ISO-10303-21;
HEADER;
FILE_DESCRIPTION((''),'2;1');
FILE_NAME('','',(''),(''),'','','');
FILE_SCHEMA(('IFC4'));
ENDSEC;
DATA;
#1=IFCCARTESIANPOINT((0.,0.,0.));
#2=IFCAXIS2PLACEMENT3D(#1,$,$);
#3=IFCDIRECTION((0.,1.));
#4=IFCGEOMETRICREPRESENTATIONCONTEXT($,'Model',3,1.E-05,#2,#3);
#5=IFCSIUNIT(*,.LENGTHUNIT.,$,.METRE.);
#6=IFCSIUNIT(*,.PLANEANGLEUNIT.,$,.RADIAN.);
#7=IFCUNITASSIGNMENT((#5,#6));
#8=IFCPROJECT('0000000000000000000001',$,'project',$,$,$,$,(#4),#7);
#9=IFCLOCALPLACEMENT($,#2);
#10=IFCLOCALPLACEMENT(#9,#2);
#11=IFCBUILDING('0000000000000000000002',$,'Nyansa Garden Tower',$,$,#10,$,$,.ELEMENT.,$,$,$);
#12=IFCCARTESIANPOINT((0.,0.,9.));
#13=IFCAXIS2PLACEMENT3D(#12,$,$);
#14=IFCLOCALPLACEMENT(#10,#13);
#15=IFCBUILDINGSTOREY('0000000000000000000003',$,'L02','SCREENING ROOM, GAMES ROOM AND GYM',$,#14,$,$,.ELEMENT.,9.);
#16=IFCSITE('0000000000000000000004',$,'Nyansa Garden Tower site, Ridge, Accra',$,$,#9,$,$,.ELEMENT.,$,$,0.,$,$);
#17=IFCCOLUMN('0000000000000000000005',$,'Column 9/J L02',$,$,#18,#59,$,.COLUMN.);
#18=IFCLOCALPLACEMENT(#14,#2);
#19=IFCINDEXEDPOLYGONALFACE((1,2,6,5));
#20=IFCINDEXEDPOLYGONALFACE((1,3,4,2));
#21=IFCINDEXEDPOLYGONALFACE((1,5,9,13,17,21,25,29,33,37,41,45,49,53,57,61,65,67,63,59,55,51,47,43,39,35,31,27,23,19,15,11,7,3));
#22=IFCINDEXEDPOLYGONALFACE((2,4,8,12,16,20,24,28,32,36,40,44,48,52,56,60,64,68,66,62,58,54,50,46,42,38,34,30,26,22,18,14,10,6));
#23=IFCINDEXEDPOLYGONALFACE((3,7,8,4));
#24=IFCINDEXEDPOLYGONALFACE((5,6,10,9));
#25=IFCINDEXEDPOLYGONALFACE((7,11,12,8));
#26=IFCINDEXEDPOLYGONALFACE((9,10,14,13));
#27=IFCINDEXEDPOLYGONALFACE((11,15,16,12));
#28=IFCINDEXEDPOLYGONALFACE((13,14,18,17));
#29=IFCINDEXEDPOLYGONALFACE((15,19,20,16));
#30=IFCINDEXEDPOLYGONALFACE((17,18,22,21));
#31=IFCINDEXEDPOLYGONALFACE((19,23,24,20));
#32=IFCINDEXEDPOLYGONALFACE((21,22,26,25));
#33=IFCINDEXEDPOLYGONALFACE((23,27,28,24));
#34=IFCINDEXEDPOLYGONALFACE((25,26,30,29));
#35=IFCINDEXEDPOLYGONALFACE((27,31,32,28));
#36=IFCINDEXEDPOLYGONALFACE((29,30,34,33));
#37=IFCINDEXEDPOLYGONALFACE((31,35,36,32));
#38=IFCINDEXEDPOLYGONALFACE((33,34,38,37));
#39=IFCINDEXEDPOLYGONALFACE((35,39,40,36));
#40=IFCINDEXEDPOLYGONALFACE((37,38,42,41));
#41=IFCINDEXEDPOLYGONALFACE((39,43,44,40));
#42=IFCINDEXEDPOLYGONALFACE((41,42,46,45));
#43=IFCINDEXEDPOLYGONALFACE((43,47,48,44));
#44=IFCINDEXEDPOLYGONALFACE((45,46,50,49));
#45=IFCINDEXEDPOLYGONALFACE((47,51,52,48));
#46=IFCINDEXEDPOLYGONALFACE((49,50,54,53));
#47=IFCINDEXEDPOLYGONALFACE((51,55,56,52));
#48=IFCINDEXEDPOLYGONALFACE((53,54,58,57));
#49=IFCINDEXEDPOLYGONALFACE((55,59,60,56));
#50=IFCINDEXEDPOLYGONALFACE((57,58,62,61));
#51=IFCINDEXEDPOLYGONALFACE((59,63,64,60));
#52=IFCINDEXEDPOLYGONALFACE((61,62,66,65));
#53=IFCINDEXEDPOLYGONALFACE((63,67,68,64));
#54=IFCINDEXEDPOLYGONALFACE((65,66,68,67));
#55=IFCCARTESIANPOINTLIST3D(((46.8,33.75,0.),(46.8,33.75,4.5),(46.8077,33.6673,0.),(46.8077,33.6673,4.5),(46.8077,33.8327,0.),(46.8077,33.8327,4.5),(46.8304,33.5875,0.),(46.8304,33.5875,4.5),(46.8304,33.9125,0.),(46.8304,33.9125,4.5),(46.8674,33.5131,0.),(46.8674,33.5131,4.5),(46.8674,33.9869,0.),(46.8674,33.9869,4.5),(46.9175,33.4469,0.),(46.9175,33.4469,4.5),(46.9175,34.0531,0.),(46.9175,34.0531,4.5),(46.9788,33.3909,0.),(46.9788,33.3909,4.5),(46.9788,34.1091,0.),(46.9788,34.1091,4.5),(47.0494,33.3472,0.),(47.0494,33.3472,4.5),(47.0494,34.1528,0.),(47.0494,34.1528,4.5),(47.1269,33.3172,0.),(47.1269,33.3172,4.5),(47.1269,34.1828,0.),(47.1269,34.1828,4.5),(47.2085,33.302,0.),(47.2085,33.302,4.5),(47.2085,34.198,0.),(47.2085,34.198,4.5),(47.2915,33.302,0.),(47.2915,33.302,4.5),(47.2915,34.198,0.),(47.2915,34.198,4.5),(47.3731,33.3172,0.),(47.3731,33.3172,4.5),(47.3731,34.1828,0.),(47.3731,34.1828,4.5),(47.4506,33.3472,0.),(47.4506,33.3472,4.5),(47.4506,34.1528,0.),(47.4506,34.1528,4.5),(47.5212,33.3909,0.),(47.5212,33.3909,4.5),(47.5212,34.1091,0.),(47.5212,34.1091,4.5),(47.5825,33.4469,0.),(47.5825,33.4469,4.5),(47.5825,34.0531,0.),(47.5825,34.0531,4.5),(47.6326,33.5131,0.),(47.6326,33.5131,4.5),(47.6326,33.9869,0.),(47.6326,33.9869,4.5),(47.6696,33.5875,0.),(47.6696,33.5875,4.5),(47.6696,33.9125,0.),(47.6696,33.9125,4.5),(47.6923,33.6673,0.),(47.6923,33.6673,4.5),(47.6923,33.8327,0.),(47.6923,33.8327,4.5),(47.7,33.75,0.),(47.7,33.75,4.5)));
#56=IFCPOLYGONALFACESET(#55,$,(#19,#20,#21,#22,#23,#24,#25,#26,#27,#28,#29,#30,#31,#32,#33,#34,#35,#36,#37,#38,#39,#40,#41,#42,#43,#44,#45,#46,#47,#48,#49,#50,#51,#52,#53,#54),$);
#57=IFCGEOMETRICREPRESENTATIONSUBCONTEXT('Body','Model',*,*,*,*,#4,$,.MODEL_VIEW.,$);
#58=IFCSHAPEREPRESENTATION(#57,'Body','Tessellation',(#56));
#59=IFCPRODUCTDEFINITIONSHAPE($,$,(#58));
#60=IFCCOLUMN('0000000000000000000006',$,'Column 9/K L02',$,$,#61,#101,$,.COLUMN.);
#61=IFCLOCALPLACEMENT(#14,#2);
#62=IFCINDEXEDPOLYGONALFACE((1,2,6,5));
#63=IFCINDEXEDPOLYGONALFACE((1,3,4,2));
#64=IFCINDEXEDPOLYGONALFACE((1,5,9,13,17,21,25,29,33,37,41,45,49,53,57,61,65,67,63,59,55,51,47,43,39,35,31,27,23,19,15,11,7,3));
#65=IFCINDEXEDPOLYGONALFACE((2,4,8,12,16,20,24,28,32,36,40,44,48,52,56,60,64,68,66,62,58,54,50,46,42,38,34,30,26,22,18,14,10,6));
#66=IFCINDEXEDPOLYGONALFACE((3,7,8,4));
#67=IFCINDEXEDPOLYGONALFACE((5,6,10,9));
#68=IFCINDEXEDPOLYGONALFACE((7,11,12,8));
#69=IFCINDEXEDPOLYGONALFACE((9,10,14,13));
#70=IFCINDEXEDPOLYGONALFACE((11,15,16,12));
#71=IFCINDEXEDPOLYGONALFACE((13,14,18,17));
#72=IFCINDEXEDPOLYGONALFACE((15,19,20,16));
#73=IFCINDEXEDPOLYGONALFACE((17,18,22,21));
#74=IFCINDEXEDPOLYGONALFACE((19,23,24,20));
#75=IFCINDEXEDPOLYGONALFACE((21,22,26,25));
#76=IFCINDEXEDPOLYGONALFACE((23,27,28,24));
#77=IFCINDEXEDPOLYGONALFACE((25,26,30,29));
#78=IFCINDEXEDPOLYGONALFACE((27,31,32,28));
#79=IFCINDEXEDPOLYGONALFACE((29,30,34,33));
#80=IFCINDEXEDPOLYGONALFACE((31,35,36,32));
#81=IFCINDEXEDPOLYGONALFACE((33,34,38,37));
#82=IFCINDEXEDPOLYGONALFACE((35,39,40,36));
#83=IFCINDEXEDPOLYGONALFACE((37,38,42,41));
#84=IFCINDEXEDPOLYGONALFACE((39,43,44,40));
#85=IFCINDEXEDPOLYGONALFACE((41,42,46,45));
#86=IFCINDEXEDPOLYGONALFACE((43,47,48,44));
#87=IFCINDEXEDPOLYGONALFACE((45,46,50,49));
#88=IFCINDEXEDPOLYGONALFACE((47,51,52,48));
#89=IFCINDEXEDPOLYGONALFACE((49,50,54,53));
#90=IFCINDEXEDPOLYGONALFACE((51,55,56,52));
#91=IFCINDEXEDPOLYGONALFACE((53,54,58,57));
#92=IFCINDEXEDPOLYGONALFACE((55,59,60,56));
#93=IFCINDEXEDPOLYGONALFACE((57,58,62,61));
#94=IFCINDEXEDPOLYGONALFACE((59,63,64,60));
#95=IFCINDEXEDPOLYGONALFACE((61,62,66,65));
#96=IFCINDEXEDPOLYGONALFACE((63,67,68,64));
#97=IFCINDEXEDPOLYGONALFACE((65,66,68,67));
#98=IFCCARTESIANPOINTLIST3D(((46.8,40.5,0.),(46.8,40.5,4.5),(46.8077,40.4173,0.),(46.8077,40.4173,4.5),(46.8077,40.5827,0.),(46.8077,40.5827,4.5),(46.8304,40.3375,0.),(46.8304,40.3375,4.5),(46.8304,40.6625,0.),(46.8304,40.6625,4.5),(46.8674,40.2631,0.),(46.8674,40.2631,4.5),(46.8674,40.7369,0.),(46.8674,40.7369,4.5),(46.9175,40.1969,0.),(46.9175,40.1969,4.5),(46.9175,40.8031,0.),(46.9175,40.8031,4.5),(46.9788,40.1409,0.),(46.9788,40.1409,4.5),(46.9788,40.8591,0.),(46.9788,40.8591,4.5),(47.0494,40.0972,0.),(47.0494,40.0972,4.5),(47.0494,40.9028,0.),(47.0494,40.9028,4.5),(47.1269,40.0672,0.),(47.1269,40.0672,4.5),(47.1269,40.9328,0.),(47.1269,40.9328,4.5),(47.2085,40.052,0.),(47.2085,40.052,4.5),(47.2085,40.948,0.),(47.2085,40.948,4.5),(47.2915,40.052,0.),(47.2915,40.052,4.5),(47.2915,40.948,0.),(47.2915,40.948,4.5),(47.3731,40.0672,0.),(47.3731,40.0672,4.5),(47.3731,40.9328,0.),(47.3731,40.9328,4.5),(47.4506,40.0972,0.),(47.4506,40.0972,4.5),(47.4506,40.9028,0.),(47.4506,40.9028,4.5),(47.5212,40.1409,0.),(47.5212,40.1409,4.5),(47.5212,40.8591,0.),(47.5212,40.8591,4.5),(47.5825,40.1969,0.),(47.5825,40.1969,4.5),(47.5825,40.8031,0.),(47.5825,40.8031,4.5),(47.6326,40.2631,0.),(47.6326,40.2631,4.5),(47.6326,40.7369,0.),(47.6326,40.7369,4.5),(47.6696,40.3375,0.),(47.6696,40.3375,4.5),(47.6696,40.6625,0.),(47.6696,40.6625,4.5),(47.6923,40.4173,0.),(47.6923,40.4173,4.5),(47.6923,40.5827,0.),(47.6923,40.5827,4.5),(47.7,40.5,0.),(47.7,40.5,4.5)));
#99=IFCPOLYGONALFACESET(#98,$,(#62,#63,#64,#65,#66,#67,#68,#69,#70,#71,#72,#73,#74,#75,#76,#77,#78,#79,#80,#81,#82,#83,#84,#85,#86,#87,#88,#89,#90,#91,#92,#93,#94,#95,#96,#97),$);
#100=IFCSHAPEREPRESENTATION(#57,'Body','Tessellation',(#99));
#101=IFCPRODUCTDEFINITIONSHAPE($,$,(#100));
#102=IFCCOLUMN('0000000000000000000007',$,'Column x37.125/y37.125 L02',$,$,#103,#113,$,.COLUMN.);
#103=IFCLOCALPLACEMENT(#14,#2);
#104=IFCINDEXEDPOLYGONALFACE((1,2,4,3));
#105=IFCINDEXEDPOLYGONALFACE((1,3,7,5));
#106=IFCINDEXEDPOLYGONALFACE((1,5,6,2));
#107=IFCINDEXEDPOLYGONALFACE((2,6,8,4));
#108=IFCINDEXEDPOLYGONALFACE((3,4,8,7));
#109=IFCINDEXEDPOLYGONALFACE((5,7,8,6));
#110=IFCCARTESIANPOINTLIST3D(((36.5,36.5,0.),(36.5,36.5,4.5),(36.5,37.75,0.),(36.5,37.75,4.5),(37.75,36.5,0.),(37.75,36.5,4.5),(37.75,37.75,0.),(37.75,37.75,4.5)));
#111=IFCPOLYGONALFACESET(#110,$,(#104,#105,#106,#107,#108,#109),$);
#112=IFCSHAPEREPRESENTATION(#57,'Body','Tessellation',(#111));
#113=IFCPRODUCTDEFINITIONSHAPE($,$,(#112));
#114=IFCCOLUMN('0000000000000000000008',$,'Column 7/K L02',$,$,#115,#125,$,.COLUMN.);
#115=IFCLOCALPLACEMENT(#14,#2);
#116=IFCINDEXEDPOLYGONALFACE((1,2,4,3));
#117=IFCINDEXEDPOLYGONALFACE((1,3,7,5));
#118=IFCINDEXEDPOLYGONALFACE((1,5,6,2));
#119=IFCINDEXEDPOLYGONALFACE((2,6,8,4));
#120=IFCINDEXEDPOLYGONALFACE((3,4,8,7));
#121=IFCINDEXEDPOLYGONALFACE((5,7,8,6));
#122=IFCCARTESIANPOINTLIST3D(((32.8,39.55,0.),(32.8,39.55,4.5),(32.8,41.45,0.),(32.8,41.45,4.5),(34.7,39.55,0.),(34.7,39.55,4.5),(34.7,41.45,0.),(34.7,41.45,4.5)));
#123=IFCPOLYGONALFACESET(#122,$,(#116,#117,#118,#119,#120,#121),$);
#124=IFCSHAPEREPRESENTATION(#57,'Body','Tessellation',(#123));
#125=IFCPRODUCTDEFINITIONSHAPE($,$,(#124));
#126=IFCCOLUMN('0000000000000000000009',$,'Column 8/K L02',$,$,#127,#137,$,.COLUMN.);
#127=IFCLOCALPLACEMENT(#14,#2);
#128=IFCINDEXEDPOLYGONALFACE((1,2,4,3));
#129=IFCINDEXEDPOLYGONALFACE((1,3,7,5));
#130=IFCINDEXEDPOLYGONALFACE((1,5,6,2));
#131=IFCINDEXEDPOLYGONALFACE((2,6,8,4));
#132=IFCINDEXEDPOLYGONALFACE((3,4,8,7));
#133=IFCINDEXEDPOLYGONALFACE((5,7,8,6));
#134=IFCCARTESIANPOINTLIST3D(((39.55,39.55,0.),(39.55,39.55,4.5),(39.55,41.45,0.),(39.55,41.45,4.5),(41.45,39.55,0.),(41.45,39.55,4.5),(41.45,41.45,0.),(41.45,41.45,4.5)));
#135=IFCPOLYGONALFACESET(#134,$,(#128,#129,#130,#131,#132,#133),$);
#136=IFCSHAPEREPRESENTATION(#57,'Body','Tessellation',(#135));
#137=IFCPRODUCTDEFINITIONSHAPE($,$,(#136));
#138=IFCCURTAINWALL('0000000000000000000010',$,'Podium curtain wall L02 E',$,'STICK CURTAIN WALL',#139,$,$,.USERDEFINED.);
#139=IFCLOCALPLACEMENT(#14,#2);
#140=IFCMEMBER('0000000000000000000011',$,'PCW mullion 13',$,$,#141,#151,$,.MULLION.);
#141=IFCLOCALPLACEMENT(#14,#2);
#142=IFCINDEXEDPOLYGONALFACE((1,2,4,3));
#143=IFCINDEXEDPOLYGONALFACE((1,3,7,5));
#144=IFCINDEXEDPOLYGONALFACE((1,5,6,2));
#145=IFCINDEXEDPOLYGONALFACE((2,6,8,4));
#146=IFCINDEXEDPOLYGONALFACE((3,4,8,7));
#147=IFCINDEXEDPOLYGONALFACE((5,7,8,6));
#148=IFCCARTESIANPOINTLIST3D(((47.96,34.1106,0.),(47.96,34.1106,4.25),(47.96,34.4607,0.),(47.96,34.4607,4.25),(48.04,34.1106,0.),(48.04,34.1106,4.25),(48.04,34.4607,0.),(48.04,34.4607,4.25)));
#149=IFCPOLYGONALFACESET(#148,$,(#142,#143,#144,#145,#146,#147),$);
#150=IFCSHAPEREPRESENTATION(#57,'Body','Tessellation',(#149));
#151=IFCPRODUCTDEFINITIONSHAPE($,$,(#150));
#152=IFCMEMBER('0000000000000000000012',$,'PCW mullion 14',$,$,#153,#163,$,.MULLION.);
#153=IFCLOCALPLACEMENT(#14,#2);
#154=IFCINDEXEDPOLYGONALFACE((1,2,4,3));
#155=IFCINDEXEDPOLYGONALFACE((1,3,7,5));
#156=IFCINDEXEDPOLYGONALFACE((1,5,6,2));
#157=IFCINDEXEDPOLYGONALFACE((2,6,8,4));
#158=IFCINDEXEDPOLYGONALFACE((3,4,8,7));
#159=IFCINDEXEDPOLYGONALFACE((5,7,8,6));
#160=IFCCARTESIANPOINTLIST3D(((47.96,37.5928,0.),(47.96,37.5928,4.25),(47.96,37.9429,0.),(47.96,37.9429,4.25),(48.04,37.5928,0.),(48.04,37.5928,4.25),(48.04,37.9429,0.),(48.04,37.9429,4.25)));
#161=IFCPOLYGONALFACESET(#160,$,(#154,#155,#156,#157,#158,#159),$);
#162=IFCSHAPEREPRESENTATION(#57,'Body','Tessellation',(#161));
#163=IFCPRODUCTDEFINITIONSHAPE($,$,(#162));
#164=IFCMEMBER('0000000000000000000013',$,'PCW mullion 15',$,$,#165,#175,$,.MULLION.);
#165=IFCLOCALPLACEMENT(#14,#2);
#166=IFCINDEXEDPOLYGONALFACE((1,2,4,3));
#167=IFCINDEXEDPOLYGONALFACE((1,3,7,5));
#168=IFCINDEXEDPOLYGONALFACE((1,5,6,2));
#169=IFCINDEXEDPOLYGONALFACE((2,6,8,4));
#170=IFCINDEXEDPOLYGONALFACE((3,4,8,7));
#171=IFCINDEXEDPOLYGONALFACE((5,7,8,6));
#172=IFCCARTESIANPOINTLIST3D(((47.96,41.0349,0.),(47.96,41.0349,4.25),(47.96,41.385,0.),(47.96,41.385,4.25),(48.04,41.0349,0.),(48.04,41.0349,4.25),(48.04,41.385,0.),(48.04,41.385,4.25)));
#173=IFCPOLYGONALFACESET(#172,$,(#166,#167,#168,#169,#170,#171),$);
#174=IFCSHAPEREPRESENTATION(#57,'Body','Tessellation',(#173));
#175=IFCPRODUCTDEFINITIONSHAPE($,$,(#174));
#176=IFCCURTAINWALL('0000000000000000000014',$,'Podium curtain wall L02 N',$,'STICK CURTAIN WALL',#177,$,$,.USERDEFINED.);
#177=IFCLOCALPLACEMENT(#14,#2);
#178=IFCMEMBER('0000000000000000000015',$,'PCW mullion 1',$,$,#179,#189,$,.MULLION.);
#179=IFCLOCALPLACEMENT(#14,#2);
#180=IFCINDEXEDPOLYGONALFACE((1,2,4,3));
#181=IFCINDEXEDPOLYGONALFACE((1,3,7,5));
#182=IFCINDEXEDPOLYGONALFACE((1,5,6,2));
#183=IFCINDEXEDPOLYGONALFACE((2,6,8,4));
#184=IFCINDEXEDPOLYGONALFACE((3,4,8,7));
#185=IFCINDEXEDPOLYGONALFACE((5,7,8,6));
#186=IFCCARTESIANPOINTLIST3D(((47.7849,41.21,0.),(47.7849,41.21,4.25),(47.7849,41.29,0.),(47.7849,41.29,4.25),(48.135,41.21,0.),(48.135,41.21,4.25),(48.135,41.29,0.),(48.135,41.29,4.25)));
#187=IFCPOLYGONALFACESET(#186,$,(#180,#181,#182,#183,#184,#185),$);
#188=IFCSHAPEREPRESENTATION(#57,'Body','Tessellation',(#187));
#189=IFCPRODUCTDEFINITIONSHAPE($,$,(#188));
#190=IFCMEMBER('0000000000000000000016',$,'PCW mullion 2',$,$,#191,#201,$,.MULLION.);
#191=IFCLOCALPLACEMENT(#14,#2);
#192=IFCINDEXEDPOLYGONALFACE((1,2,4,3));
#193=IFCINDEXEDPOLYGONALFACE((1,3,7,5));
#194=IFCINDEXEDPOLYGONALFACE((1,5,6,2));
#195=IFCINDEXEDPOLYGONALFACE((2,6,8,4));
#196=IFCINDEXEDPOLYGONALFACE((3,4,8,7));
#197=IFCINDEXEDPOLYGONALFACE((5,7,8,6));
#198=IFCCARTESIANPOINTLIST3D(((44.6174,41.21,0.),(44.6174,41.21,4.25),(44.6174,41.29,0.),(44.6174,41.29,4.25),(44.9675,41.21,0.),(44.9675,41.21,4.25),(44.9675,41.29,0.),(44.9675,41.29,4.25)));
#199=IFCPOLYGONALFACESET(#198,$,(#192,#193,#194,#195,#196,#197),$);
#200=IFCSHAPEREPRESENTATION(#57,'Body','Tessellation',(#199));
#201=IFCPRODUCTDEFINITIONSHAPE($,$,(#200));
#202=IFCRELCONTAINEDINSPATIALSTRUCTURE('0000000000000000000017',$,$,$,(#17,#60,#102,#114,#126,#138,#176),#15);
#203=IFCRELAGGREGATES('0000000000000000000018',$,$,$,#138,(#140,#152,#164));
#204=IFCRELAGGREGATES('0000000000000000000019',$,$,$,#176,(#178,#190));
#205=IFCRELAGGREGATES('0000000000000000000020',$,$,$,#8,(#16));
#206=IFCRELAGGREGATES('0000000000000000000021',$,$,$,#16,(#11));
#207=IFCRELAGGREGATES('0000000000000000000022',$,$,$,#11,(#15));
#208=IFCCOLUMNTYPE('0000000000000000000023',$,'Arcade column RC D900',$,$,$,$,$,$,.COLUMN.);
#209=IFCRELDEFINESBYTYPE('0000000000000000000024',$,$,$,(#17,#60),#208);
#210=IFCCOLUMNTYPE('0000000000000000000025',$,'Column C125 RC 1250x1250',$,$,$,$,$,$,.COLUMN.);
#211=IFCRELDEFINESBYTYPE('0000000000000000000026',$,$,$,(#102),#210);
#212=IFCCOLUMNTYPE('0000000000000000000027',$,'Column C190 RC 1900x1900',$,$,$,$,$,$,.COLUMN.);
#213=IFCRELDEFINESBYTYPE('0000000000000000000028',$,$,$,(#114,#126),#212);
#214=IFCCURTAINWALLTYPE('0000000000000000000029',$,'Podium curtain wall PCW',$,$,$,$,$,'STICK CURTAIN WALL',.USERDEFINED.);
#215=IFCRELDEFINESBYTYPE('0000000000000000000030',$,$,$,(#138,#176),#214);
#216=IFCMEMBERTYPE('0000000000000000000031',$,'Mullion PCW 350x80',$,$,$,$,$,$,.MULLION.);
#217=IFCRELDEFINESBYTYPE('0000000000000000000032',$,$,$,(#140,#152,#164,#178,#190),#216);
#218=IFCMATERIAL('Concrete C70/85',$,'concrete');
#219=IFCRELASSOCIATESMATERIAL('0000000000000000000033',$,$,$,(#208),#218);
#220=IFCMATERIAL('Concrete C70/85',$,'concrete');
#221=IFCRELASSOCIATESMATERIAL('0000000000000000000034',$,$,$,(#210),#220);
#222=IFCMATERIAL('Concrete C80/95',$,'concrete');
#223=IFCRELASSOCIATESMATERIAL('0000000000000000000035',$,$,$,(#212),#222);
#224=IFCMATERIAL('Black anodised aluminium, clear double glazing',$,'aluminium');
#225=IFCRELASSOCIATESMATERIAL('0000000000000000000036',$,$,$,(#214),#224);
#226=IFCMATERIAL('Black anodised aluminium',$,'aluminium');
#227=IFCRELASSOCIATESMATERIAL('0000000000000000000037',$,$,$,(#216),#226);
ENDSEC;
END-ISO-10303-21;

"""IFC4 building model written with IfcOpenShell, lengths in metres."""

from ifc_helpers import new_model, si_unit, direction, frame, origin, origin_2d, place, context, subcontext, project, spatial, rectangle, circle, extrude, material, material_profile, profile_set, type_object, element, aggregate, save


model = new_model("IFC4")

# Units and contexts
model_context = context("Model", 3, precision=1e-05, world=origin(), true_north=direction((0.0, 1.0)))
body_context = subcontext(model_context, "Body", "Model", "MODEL_VIEW")
ifc_project = project(units=[si_unit("LENGTHUNIT", "METRE"), si_unit("PLANEANGLEUNIT", "RADIAN")], contexts=[model_context])

# Site, building, storey
site_placement = place(None, origin())
site = spatial("IfcSite", under=ifc_project, at=site_placement, Name="Nyansa Garden Tower site, Ridge, Accra", CompositionType="ELEMENT", RefElevation=0.0)
building_placement = place(site_placement, origin())
building = spatial("IfcBuilding", under=site, at=building_placement, Name="Nyansa Garden Tower", CompositionType="ELEMENT")
storey_placement = place(building_placement, frame((0.0, 0.0, 9.0)))
storey = spatial("IfcBuildingStorey", under=building, at=storey_placement, Name="L02", Description="SCREENING ROOM, GAMES ROOM AND GYM", CompositionType="ELEMENT", Elevation=9.0)

# Columns
ifc_material_1 = material(Name="Concrete C70/85", Category="concrete")
ifc_material_profile_1 = material_profile(ifc_material_1, circle(Radius=0.45, at=origin_2d()), Name="RC D900")
ifc_profile_set_1 = profile_set([ifc_material_profile_1], Name="Concrete C70/85")
column_type_1 = type_object("IfcColumnType", Name="Arcade column RC D900", PredefinedType="COLUMN", material=ifc_profile_set_1)
for number, where, z_axis, x_axis, name in (
    (1, (47.25, 33.75, 0.0), (0.0, 0.0, 1.0), (1.0, 0.0, 0.0), "Column 9/J L02"),
    (2, (47.25, 40.5, 0.0), (0.0, 0.0, 1.0), (1.0, 0.0, 0.0), "Column 9/K L02"),
):
    element("IfcColumn", number, at=place(storey_placement, frame(where, z_axis=z_axis, x_axis=x_axis)), inside=storey, type_object=column_type_1, Name=name, PredefinedType="COLUMN", context=body_context, shape_type="SweptSolid", body=[
        extrude(circle(Radius=0.45, at=origin_2d()), origin(), (0.0, 0.0, 1.0), 4.5),
    ])
ifc_material_2 = material(Name="Concrete C70/85", Category="concrete")
ifc_material_profile_2 = material_profile(ifc_material_2, rectangle(XDim=1.25, YDim=1.25, at=origin_2d()), Name="RC 1250x1250")
ifc_profile_set_2 = profile_set([ifc_material_profile_2], Name="Concrete C70/85")
column_type_2 = type_object("IfcColumnType", Name="Column C125 RC 1250x1250", PredefinedType="COLUMN", material=ifc_profile_set_2)
column_placement = place(storey_placement, frame((37.125, 37.125, 0.0), z_axis=(0.0, 0.0, 1.0), x_axis=(1.0, 0.0, 0.0)))
element("IfcColumn", 3, at=column_placement, inside=storey, type_object=column_type_2, Name="Column x37.125/y37.125 L02", PredefinedType="COLUMN", context=body_context, shape_type="SweptSolid", body=[
    extrude(rectangle(XDim=1.25, YDim=1.25, at=origin_2d()), origin(), (0.0, 0.0, 1.0), 4.5),
])
ifc_material_3 = material(Name="Concrete C80/95", Category="concrete")
ifc_material_profile_3 = material_profile(ifc_material_3, rectangle(XDim=1.8999, YDim=1.8999, at=origin_2d()), Name="RC 1900x1900")
ifc_profile_set_3 = profile_set([ifc_material_profile_3], Name="Concrete C80/95")
column_type_3 = type_object("IfcColumnType", Name="Column C190 RC 1900x1900", PredefinedType="COLUMN", material=ifc_profile_set_3)
for number, where, z_axis, x_axis, name in (
    (4, (33.75, 40.5, 0.0), (0.0, 0.0, 1.0), (1.0, 0.0, 0.0), "Column 7/K L02"),
    (5, (40.5, 40.5, 0.0), (0.0, 0.0, 1.0), (1.0, 0.0, 0.0), "Column 8/K L02"),
):
    element("IfcColumn", number, at=place(storey_placement, frame(where, z_axis=z_axis, x_axis=x_axis)), inside=storey, type_object=column_type_3, Name=name, PredefinedType="COLUMN", context=body_context, shape_type="SweptSolid", body=[
        extrude(rectangle(XDim=1.8999, YDim=1.8999, at=origin_2d()), origin(), (0.0, 0.0, 1.0), 4.5),
    ])

# Curtain walls, members
ifc_material_4 = material(Name="Black anodised aluminium, clear double glazing", Category="aluminium")
curtain_wall_type = type_object("IfcCurtainWallType", Name="Podium curtain wall PCW", ElementType="STICK CURTAIN WALL", PredefinedType="USERDEFINED", material=ifc_material_4)
curtain_wall_1_placement = place(storey_placement, origin())
curtain_wall_1 = element("IfcCurtainWall", 6, at=curtain_wall_1_placement, inside=storey, type_object=curtain_wall_type, Name="Podium curtain wall L02 E", ObjectType="STICK CURTAIN WALL", PredefinedType="USERDEFINED")
ifc_material_5 = material(Name="Black anodised aluminium", Category="aluminium")
ifc_material_profile_4 = material_profile(ifc_material_5, rectangle(XDim=0.0801, YDim=0.3501, at=origin_2d()), Name="Mullion 350x80")
ifc_profile_set_4 = profile_set([ifc_material_profile_4], Name="Black anodised aluminium")
member_type_1 = type_object("IfcMemberType", Name="Mullion PCW 350x80", PredefinedType="MULLION", material=ifc_profile_set_4)
member_1_placement = place(storey_placement, frame((48.0, 34.2856, 0.0), z_axis=(0.0, 0.0, 1.0), x_axis=(-1.0, 0.0, 0.0)))
member_1 = element("IfcMember", 7, at=member_1_placement, type_object=member_type_1, Name="PCW mullion 13", PredefinedType="MULLION", context=body_context, shape_type="SweptSolid", body=[
    extrude(rectangle(XDim=0.0801, YDim=0.3501, at=origin_2d()), origin(), (0.0, 0.0, 1.0), 4.25),
])
member_2_placement = place(storey_placement, frame((48.0, 37.7678, 0.0), z_axis=(0.0, 0.0, 1.0), x_axis=(-1.0, 0.0, 0.0)))
member_2 = element("IfcMember", 8, at=member_2_placement, type_object=member_type_1, Name="PCW mullion 14", PredefinedType="MULLION", context=body_context, shape_type="SweptSolid", body=[
    extrude(rectangle(XDim=0.0801, YDim=0.3501, at=origin_2d()), origin(), (0.0, 0.0, 1.0), 4.25),
])
member_3_placement = place(storey_placement, frame((48.0, 41.21, 0.0), z_axis=(0.0, 0.0, 1.0), x_axis=(-1.0, 0.0, 0.0)))
member_3 = element("IfcMember", 9, at=member_3_placement, type_object=member_type_1, Name="PCW mullion 15", PredefinedType="MULLION", context=body_context, shape_type="SweptSolid", body=[
    extrude(rectangle(XDim=0.0801, YDim=0.3501, at=origin_2d()), origin(), (0.0, 0.0, 1.0), 4.25),
])
curtain_wall_2_placement = place(storey_placement, origin())
curtain_wall_2 = element("IfcCurtainWall", 10, at=curtain_wall_2_placement, inside=storey, type_object=curtain_wall_type, Name="Podium curtain wall L02 N", ObjectType="STICK CURTAIN WALL", PredefinedType="USERDEFINED")
member_4_placement = place(storey_placement, frame((47.96, 41.25, 0.0), z_axis=(0.0, 0.0, 1.0), x_axis=(0.0, -1.0, 0.0)))
member_4 = element("IfcMember", 11, at=member_4_placement, type_object=member_type_1, Name="PCW mullion 1", PredefinedType="MULLION", context=body_context, shape_type="SweptSolid", body=[
    extrude(rectangle(XDim=0.0801, YDim=0.3501, at=origin_2d()), origin(), (0.0, 0.0, 1.0), 4.25),
])
member_5_placement = place(storey_placement, frame((44.7925, 41.25, 0.0), z_axis=(0.0, 0.0, 1.0), x_axis=(0.0, -1.0, 0.0)))
member_5 = element("IfcMember", 12, at=member_5_placement, type_object=member_type_1, Name="PCW mullion 2", PredefinedType="MULLION", context=body_context, shape_type="SweptSolid", body=[
    extrude(rectangle(XDim=0.0801, YDim=0.3501, at=origin_2d()), origin(), (0.0, 0.0, 1.0), 4.25),
])

aggregate(curtain_wall_1, [member_1, member_2, member_3])
aggregate(curtain_wall_2, [member_4, member_5])

save(model, "model.ifc")
